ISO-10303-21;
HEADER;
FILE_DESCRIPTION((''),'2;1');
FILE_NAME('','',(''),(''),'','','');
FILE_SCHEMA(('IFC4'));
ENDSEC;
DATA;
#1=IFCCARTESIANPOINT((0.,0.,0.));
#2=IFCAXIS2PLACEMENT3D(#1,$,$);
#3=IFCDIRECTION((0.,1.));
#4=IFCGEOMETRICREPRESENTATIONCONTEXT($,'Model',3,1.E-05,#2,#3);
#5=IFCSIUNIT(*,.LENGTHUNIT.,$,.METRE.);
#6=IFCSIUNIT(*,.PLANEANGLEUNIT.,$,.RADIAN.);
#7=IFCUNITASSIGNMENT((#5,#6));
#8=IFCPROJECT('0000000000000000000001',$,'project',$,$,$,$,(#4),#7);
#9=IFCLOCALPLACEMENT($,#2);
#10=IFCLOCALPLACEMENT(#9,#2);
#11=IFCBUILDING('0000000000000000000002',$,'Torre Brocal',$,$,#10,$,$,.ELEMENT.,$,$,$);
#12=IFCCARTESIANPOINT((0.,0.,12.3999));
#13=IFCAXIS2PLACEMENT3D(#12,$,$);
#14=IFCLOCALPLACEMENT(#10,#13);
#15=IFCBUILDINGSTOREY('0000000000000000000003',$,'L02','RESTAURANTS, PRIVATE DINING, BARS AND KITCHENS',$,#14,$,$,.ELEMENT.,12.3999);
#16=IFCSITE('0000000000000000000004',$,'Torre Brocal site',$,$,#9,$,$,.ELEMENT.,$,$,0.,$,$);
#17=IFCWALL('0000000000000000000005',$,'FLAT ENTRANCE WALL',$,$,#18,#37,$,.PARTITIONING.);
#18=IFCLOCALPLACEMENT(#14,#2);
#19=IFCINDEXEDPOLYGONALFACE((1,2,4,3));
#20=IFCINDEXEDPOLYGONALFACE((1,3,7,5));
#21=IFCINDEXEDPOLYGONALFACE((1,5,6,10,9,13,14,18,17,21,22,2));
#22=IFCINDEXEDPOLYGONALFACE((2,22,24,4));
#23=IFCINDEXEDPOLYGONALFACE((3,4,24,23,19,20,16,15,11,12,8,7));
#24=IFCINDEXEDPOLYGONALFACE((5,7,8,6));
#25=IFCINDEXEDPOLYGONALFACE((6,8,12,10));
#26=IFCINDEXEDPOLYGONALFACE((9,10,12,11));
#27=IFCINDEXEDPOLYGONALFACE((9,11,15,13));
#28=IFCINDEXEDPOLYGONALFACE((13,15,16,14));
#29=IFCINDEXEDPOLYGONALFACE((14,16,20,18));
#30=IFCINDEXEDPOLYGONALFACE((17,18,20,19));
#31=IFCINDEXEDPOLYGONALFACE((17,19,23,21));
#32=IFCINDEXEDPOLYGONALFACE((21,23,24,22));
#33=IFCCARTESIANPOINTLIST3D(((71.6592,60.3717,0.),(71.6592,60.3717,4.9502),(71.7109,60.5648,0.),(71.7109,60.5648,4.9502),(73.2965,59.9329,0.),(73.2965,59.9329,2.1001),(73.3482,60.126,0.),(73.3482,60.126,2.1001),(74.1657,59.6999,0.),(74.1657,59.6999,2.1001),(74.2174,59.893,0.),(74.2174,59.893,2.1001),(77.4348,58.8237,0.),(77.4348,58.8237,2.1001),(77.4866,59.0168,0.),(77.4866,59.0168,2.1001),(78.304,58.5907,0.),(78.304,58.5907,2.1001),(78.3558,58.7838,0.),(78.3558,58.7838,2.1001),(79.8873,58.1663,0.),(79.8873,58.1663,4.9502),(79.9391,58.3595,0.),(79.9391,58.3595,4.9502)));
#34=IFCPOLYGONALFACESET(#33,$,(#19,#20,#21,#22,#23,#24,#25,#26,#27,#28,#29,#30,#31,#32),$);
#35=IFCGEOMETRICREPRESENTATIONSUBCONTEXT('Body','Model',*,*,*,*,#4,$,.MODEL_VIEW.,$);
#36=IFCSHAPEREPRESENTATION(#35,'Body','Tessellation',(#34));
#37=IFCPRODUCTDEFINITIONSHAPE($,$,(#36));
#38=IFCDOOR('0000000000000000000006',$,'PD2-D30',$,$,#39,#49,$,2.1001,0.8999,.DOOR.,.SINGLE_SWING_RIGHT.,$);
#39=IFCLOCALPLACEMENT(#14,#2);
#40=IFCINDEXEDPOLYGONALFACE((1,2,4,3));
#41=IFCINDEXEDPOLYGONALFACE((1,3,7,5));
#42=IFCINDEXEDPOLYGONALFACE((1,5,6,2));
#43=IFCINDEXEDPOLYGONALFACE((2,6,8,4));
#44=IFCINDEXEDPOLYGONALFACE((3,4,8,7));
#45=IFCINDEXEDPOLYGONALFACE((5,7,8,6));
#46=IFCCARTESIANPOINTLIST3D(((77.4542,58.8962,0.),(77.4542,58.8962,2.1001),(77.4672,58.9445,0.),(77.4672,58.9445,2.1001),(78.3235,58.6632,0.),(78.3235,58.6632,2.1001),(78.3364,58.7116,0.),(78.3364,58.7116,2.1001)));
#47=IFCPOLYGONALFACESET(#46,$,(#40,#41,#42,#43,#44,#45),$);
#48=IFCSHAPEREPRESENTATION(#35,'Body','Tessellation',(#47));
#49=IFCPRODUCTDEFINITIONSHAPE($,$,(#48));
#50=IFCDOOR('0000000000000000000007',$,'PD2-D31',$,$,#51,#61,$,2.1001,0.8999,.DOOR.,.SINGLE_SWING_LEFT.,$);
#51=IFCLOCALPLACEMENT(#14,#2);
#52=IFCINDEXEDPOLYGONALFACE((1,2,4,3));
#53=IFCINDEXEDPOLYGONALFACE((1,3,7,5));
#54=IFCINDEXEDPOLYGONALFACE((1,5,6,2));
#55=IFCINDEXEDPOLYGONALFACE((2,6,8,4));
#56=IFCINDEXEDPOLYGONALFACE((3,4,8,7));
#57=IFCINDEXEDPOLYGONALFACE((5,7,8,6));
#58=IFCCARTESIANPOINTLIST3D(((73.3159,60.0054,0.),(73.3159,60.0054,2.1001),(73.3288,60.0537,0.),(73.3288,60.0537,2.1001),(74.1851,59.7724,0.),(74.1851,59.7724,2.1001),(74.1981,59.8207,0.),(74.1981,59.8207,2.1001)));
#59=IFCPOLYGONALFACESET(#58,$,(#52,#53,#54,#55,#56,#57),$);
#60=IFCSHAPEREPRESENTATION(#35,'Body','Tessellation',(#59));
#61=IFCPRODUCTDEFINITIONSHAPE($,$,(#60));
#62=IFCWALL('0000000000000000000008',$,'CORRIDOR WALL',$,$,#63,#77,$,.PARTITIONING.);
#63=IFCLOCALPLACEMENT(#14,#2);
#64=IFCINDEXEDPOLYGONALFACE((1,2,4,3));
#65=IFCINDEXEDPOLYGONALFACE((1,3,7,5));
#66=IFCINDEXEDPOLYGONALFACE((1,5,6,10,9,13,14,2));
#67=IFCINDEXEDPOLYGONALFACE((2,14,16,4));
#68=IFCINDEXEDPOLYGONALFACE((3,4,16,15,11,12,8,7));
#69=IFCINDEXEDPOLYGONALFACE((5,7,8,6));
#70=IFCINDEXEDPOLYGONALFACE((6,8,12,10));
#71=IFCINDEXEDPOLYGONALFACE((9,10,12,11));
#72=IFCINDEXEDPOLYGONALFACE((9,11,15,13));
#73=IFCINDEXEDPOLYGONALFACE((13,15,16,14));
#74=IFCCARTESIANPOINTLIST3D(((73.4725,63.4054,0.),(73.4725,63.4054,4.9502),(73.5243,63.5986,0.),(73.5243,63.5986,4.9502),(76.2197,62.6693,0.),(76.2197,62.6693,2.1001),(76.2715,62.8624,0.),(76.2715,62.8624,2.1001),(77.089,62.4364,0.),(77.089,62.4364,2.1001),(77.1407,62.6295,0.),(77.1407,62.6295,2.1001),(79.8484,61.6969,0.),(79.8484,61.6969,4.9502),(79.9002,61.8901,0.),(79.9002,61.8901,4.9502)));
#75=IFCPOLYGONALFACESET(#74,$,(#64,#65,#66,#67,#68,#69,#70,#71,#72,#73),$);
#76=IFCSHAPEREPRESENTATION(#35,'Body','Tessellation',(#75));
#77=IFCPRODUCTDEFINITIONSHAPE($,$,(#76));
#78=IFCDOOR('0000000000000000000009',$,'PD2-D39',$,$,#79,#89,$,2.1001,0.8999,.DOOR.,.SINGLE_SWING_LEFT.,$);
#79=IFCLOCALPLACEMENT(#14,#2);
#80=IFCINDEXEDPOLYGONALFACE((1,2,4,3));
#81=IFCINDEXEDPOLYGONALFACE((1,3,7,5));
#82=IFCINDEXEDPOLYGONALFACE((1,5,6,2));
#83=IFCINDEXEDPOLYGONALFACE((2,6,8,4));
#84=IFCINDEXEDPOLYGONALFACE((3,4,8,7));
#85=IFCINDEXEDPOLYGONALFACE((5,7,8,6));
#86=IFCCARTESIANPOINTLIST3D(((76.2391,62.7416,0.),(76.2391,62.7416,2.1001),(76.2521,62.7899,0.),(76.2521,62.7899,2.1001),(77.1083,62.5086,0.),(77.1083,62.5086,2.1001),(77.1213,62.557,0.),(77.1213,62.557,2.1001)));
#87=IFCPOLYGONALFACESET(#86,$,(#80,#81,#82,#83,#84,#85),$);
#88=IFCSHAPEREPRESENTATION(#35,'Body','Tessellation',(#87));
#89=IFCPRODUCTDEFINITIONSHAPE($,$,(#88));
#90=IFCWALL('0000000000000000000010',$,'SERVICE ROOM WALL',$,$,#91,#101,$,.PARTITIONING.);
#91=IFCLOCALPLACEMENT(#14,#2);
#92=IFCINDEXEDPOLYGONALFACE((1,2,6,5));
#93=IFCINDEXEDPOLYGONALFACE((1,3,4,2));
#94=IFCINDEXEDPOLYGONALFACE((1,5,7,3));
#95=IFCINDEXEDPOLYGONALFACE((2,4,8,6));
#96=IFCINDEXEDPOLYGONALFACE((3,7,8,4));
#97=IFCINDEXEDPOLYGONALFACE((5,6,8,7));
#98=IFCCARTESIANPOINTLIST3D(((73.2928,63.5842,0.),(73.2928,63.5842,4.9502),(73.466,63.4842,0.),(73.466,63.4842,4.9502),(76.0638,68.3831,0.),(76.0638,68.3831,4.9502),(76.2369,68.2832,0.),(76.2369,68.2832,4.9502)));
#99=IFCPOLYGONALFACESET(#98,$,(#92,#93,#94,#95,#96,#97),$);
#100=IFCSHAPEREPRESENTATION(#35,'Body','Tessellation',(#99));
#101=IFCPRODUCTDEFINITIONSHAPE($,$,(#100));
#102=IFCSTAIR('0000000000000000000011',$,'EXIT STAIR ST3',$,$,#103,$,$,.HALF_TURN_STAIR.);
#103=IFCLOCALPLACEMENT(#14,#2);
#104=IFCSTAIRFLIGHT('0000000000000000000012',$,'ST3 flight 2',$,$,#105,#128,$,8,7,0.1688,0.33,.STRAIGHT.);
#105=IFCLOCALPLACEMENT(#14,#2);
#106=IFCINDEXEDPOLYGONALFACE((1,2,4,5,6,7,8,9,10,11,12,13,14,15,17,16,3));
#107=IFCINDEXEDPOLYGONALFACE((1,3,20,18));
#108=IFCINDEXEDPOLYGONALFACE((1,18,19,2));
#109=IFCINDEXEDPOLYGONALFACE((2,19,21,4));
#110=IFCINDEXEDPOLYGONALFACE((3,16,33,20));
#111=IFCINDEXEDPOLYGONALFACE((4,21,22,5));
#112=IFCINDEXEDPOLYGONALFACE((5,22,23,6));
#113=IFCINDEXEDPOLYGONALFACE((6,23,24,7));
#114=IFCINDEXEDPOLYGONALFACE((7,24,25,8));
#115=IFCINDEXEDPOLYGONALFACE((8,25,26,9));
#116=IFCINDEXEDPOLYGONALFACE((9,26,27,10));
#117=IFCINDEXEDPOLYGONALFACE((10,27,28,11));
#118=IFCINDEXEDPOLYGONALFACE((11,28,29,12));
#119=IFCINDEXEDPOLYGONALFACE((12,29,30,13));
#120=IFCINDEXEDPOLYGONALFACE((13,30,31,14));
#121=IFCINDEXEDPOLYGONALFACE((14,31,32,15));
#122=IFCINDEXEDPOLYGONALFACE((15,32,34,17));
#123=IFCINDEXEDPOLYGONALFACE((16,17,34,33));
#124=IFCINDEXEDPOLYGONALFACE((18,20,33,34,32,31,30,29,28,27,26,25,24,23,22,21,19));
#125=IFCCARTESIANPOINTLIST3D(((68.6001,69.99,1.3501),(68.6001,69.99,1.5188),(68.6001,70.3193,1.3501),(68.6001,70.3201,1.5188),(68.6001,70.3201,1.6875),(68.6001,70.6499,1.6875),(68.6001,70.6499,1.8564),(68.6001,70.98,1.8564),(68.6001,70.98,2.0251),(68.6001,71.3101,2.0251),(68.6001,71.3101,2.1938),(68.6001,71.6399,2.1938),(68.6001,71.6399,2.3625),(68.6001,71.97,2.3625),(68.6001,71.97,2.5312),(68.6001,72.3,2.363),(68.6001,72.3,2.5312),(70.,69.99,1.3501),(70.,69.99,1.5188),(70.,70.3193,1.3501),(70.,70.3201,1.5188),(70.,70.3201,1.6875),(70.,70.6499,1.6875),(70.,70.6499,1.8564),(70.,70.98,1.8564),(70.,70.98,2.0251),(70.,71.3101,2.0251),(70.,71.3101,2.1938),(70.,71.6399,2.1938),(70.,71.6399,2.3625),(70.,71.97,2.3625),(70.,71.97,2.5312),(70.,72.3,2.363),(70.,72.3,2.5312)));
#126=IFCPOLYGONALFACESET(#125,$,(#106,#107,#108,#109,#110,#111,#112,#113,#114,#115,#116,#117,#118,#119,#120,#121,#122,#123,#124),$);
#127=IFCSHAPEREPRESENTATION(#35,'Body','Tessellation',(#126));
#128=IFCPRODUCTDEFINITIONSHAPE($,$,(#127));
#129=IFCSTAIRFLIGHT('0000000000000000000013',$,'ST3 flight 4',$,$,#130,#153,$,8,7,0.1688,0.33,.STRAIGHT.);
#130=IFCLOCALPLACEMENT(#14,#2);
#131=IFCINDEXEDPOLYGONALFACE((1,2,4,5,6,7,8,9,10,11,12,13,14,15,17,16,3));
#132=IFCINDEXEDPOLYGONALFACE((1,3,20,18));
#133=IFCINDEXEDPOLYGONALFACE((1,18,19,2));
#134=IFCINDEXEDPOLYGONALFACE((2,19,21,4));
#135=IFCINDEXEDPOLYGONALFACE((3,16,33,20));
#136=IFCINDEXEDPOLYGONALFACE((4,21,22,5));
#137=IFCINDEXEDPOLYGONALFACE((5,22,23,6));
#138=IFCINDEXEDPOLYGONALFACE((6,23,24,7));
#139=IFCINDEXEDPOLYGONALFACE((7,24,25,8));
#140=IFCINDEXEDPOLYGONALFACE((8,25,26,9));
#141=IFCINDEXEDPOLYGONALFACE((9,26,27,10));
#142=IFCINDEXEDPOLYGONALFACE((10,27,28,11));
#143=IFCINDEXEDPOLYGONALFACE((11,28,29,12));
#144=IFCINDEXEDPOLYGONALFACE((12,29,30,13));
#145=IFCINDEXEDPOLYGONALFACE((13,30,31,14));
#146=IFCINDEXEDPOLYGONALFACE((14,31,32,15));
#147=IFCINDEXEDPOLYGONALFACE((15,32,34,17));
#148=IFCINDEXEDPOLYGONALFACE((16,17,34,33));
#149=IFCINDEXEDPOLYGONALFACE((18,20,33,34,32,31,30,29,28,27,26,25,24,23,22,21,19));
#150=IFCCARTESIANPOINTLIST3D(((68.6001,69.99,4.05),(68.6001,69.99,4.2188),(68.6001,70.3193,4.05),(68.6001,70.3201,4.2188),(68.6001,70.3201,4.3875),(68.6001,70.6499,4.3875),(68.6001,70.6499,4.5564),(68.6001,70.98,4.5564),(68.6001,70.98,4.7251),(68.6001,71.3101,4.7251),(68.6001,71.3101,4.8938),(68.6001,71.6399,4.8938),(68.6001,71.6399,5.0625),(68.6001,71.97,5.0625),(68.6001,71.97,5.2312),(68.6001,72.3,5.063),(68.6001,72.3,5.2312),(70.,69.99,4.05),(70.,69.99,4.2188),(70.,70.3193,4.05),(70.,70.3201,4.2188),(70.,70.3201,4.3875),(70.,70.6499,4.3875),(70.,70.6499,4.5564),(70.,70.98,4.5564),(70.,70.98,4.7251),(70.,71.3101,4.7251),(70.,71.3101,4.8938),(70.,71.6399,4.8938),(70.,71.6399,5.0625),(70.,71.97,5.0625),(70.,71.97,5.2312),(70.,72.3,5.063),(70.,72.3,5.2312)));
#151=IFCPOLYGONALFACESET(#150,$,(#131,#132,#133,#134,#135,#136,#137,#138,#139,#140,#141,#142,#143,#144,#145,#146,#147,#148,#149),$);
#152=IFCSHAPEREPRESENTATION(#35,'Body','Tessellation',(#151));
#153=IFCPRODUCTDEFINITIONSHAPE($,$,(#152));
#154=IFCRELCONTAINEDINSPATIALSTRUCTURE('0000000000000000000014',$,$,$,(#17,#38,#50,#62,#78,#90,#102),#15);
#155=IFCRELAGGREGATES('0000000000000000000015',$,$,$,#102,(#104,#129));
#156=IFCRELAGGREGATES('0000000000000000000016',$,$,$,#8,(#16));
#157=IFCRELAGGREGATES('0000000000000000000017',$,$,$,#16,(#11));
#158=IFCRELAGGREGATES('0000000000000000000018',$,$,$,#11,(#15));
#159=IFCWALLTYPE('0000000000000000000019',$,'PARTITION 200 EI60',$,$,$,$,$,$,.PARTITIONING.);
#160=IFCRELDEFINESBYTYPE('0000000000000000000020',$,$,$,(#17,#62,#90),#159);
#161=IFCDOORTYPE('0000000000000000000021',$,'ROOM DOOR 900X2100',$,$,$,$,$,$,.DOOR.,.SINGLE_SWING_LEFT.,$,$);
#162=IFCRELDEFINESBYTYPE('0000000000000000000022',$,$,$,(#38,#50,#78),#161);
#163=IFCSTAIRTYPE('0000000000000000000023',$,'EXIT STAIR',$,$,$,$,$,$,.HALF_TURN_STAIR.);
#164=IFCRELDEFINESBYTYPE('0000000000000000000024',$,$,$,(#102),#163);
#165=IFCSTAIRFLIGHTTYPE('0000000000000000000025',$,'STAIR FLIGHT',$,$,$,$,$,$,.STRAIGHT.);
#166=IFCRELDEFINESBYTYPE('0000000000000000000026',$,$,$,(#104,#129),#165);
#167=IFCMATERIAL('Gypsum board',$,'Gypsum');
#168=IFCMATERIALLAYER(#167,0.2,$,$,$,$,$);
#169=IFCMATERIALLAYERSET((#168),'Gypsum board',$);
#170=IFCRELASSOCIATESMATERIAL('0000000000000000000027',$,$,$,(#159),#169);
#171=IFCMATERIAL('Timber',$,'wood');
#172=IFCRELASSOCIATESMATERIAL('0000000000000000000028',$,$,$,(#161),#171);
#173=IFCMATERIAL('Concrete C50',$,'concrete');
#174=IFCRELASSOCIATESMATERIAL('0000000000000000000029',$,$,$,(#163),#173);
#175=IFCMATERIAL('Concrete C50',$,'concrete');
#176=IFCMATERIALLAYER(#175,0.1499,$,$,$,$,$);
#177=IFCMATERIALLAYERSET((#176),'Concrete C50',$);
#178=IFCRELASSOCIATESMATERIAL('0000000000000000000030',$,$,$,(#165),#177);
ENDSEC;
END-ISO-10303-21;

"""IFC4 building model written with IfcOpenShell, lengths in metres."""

from ifc_helpers import new_model, si_unit, direction, frame, frame_2d, origin, place, context, subcontext, project, spatial, polyline, rectangle, outline, extrude, material, layer, layer_set, type_object, element, fill, aggregate, save


model = new_model("IFC4")

# Units and contexts
model_context = context("Model", 3, precision=1e-05, world=origin(), true_north=direction((0.0, 1.0)))
body_context = subcontext(model_context, "Body", "Model", "MODEL_VIEW")
ifc_project = project(units=[si_unit("LENGTHUNIT", "METRE"), si_unit("PLANEANGLEUNIT", "RADIAN")], contexts=[model_context])

# Site, building, storey
site_placement = place(None, origin())
site = spatial("IfcSite", under=ifc_project, at=site_placement, Name="Torre Brocal site", CompositionType="ELEMENT", RefElevation=0.0)
building_placement = place(site_placement, origin())
building = spatial("IfcBuilding", under=site, at=building_placement, Name="Torre Brocal", CompositionType="ELEMENT")
storey_placement = place(building_placement, frame((0.0, 0.0, 12.3999)))
storey = spatial("IfcBuildingStorey", under=building, at=storey_placement, Name="L02", Description="RESTAURANTS, PRIVATE DINING, BARS AND KITCHENS", CompositionType="ELEMENT", Elevation=12.3999)

# Shared definitions
ifc_material_1 = material(Name="Gypsum board", Category="Gypsum")
ifc_layer_1 = layer(ifc_material_1, 0.2)
ifc_layer_set_1 = layer_set([ifc_layer_1], Name="Gypsum board")
wall_type_1 = type_object("IfcWallType", Name="PARTITION 200 EI60", PredefinedType="PARTITIONING", material=ifc_layer_set_1)
ifc_material_2 = material(Name="Timber", Category="wood")
door_type_1 = type_object("IfcDoorType", Name="ROOM DOOR 900X2100", OperationType="SINGLE_SWING_LEFT", PredefinedType="DOOR", material=ifc_material_2)

# Wall, openings, doors
wall_1_placement = place(storey_placement, frame((71.6851, 60.4683, 0.0), z_axis=(0.0, 0.0, 1.0), x_axis=(0.965907, -0.258888, 0.0)))
wall_1 = element("IfcWall", 1, at=wall_1_placement, inside=storey, type_object=wall_type_1, Name="FLAT ENTRANCE WALL", PredefinedType="PARTITIONING", context=body_context, shape_type="SweptSolid", body=[
    extrude(rectangle(XDim=8.5186, YDim=0.2, at=frame_2d((4.2593, 0.0))), origin(), (0.0, 0.0, 1.0), 4.9502),
])
opening_1_placement = place(wall_1_placement, frame((5.9795, 0.0, 0.0)))
opening_1 = element("IfcOpeningElement", 2, at=opening_1_placement, cuts=wall_1, PredefinedType="OPENING", context=body_context, shape_type="SweptSolid", body=[
    extrude(rectangle(XDim=0.8999, YDim=2.1001, at=frame_2d((0.45, 1.05))), frame((0.0, 0.1099, 0.0), z_axis=(0.0, -1.0, 0.0), x_axis=(1.0, 0.0, 0.0)), (0.0, 0.0, 1.0), 0.22),
])
opening_2_placement = place(wall_1_placement, frame((1.6951, 0.0, 0.0)))
opening_2 = element("IfcOpeningElement", 3, at=opening_2_placement, cuts=wall_1, PredefinedType="OPENING", context=body_context, shape_type="SweptSolid", body=[
    extrude(rectangle(XDim=0.8999, YDim=2.1001, at=frame_2d((0.45, 1.05))), frame((0.0, 0.1099, 0.0), z_axis=(0.0, -1.0, 0.0), x_axis=(1.0, 0.0, 0.0)), (0.0, 0.0, 1.0), 0.22),
])
door_1_placement = place(opening_1_placement, frame((0.8999, 0.0, 0.0), z_axis=(0.0, 0.0, 1.0), x_axis=(-1.0, 0.0, 0.0)))
door_1 = element("IfcDoor", 4, at=door_1_placement, inside=storey, type_object=door_type_1, Name="PD2-D30", OperationType="SINGLE_SWING_RIGHT", OverallHeight=2.1001, OverallWidth=0.8999, PredefinedType="DOOR", context=body_context, shape_type="SweptSolid", body=[
    extrude(rectangle(XDim=0.8999, YDim=2.1001, at=frame_2d((0.45, 1.05))), frame((0.0, 0.0249, 0.0), z_axis=(0.0, -1.0, 0.0), x_axis=(1.0, 0.0, 0.0)), (0.0, 0.0, 1.0), 0.05),
])
fill(opening_1, door_1)
door_2_placement = place(opening_2_placement, frame((0.8999, 0.0, 0.0), z_axis=(0.0, 0.0, 1.0), x_axis=(-1.0, 0.0, 0.0)))
door_2 = element("IfcDoor", 5, at=door_2_placement, inside=storey, type_object=door_type_1, Name="PD2-D31", OperationType="SINGLE_SWING_LEFT", OverallHeight=2.1001, OverallWidth=0.8999, PredefinedType="DOOR", context=body_context, shape_type="SweptSolid", body=[
    extrude(rectangle(XDim=0.8999, YDim=2.1001, at=frame_2d((0.45, 1.05))), frame((0.0, 0.0249, 0.0), z_axis=(0.0, -1.0, 0.0), x_axis=(1.0, 0.0, 0.0)), (0.0, 0.0, 1.0), 0.05),
])
fill(opening_2, door_2)

# Wall, opening, door
wall_2_placement = place(storey_placement, frame((73.4985, 63.502, 0.0), z_axis=(0.0, 0.0, 1.0), x_axis=(0.965924, -0.258827, 0.0)))
wall_2 = element("IfcWall", 6, at=wall_2_placement, inside=storey, type_object=wall_type_1, Name="CORRIDOR WALL", PredefinedType="PARTITIONING", context=body_context, shape_type="SweptSolid", body=[
    extrude(rectangle(XDim=6.6008, YDim=0.2, at=frame_2d((3.3003, 0.0))), origin(), (0.0, 0.0, 1.0), 4.9502),
])
opening_3_placement = place(wall_2_placement, frame((2.844, 0.0, 0.0)))
opening_3 = element("IfcOpeningElement", 7, at=opening_3_placement, cuts=wall_2, PredefinedType="OPENING", context=body_context, shape_type="SweptSolid", body=[
    extrude(rectangle(XDim=0.8999, YDim=2.1001, at=frame_2d((0.45, 1.05))), frame((0.0, 0.1099, 0.0), z_axis=(0.0, -1.0, 0.0), x_axis=(1.0, 0.0, 0.0)), (0.0, 0.0, 1.0), 0.22),
])
door_3_placement = place(opening_3_placement, origin())
door_3 = element("IfcDoor", 8, at=door_3_placement, inside=storey, type_object=door_type_1, Name="PD2-D39", OperationType="SINGLE_SWING_LEFT", OverallHeight=2.1001, OverallWidth=0.8999, PredefinedType="DOOR", context=body_context, shape_type="SweptSolid", body=[
    extrude(rectangle(XDim=0.8999, YDim=2.1001, at=frame_2d((0.45, 1.05))), frame((0.0, 0.0249, 0.0), z_axis=(0.0, -1.0, 0.0), x_axis=(1.0, 0.0, 0.0)), (0.0, 0.0, 1.0), 0.05),
])
fill(opening_3, door_3)

# Wall
wall_3_placement = place(storey_placement, frame((73.3794, 63.5342, 0.0), z_axis=(0.0, 0.0, 1.0), x_axis=(0.500034, 0.866006, 0.0)))
element("IfcWall", 9, at=wall_3_placement, inside=storey, type_object=wall_type_1, Name="SERVICE ROOM WALL", PredefinedType="PARTITIONING", context=body_context, shape_type="SweptSolid", body=[
    extrude(rectangle(XDim=5.5415, YDim=0.2, at=frame_2d((2.7708, 0.0))), origin(), (0.0, 0.0, 1.0), 4.9502),
])

# Stair, stair flights
ifc_material_3 = material(Name="Concrete C50", Category="concrete")
stair_type = type_object("IfcStairType", Name="EXIT STAIR", PredefinedType="HALF_TURN_STAIR", material=ifc_material_3)
stair_placement = place(storey_placement, origin())
stair = element("IfcStair", 10, at=stair_placement, inside=storey, type_object=stair_type, Name="EXIT STAIR ST3", PredefinedType="HALF_TURN_STAIR")
ifc_material_4 = material(Name="Concrete C50", Category="concrete")
ifc_layer_2 = layer(ifc_material_4, 0.1499)
ifc_layer_set_2 = layer_set([ifc_layer_2], Name="Concrete C50")
stair_flight_type = type_object("IfcStairFlightType", Name="STAIR FLIGHT", PredefinedType="STRAIGHT", material=ifc_layer_set_2)
stair_flight_1_placement = place(storey_placement, frame((69.3, 69.99, 1.3501), z_axis=(0.0, 0.0, 1.0), x_axis=(0.0, 1.0, 0.0)))
stair_flight_1 = element("IfcStairFlight", 11, at=stair_flight_1_placement, type_object=stair_flight_type, Name="ST3 flight 2", NumberOfRisers=8, NumberOfTreads=7, PredefinedType="STRAIGHT", RiserHeight=0.1688, TreadLength=0.33, context=body_context, shape_type="SweptSolid", body=[
    extrude(outline(polyline([(0.0, 0.0), (0.0, 0.1687), (0.3301, 0.1687), (0.3301, 0.3374), (0.6599, 0.3374), (0.6599, 0.5063), (0.99, 0.5063), (0.99, 0.675), (1.3201, 0.675), (1.3201, 0.8438), (1.6499, 0.8438), (1.6499, 1.0125), (1.98, 1.0125), (1.98, 1.1812), (2.3101, 1.1812), (2.3101, 1.3501), (2.3101, 1.0129), (0.3293, 0.0), (0.0, 0.0)])), frame((0.0, 0.7, 0.0), z_axis=(0.0, -1.0, 0.0), x_axis=(1.0, 0.0, 0.0)), (0.0, 0.0, 1.0), 1.3999),
])
stair_flight_2_placement = place(storey_placement, frame((69.3, 69.99, 4.05), z_axis=(0.0, 0.0, 1.0), x_axis=(0.0, 1.0, 0.0)))
stair_flight_2 = element("IfcStairFlight", 12, at=stair_flight_2_placement, type_object=stair_flight_type, Name="ST3 flight 4", NumberOfRisers=8, NumberOfTreads=7, PredefinedType="STRAIGHT", RiserHeight=0.1688, TreadLength=0.33, context=body_context, shape_type="SweptSolid", body=[
    extrude(outline(polyline([(0.0, 0.0), (0.0, 0.1687), (0.3301, 0.1687), (0.3301, 0.3374), (0.6599, 0.3374), (0.6599, 0.5063), (0.99, 0.5063), (0.99, 0.675), (1.3201, 0.675), (1.3201, 0.8438), (1.6499, 0.8438), (1.6499, 1.0125), (1.98, 1.0125), (1.98, 1.1812), (2.3101, 1.1812), (2.3101, 1.3501), (2.3101, 1.0129), (0.3293, 0.0), (0.0, 0.0)])), frame((0.0, 0.7, 0.0), z_axis=(0.0, -1.0, 0.0), x_axis=(1.0, 0.0, 0.0)), (0.0, 0.0, 1.0), 1.3999),
])
aggregate(stair, [stair_flight_1, stair_flight_2])

save(model, "model.ifc")
